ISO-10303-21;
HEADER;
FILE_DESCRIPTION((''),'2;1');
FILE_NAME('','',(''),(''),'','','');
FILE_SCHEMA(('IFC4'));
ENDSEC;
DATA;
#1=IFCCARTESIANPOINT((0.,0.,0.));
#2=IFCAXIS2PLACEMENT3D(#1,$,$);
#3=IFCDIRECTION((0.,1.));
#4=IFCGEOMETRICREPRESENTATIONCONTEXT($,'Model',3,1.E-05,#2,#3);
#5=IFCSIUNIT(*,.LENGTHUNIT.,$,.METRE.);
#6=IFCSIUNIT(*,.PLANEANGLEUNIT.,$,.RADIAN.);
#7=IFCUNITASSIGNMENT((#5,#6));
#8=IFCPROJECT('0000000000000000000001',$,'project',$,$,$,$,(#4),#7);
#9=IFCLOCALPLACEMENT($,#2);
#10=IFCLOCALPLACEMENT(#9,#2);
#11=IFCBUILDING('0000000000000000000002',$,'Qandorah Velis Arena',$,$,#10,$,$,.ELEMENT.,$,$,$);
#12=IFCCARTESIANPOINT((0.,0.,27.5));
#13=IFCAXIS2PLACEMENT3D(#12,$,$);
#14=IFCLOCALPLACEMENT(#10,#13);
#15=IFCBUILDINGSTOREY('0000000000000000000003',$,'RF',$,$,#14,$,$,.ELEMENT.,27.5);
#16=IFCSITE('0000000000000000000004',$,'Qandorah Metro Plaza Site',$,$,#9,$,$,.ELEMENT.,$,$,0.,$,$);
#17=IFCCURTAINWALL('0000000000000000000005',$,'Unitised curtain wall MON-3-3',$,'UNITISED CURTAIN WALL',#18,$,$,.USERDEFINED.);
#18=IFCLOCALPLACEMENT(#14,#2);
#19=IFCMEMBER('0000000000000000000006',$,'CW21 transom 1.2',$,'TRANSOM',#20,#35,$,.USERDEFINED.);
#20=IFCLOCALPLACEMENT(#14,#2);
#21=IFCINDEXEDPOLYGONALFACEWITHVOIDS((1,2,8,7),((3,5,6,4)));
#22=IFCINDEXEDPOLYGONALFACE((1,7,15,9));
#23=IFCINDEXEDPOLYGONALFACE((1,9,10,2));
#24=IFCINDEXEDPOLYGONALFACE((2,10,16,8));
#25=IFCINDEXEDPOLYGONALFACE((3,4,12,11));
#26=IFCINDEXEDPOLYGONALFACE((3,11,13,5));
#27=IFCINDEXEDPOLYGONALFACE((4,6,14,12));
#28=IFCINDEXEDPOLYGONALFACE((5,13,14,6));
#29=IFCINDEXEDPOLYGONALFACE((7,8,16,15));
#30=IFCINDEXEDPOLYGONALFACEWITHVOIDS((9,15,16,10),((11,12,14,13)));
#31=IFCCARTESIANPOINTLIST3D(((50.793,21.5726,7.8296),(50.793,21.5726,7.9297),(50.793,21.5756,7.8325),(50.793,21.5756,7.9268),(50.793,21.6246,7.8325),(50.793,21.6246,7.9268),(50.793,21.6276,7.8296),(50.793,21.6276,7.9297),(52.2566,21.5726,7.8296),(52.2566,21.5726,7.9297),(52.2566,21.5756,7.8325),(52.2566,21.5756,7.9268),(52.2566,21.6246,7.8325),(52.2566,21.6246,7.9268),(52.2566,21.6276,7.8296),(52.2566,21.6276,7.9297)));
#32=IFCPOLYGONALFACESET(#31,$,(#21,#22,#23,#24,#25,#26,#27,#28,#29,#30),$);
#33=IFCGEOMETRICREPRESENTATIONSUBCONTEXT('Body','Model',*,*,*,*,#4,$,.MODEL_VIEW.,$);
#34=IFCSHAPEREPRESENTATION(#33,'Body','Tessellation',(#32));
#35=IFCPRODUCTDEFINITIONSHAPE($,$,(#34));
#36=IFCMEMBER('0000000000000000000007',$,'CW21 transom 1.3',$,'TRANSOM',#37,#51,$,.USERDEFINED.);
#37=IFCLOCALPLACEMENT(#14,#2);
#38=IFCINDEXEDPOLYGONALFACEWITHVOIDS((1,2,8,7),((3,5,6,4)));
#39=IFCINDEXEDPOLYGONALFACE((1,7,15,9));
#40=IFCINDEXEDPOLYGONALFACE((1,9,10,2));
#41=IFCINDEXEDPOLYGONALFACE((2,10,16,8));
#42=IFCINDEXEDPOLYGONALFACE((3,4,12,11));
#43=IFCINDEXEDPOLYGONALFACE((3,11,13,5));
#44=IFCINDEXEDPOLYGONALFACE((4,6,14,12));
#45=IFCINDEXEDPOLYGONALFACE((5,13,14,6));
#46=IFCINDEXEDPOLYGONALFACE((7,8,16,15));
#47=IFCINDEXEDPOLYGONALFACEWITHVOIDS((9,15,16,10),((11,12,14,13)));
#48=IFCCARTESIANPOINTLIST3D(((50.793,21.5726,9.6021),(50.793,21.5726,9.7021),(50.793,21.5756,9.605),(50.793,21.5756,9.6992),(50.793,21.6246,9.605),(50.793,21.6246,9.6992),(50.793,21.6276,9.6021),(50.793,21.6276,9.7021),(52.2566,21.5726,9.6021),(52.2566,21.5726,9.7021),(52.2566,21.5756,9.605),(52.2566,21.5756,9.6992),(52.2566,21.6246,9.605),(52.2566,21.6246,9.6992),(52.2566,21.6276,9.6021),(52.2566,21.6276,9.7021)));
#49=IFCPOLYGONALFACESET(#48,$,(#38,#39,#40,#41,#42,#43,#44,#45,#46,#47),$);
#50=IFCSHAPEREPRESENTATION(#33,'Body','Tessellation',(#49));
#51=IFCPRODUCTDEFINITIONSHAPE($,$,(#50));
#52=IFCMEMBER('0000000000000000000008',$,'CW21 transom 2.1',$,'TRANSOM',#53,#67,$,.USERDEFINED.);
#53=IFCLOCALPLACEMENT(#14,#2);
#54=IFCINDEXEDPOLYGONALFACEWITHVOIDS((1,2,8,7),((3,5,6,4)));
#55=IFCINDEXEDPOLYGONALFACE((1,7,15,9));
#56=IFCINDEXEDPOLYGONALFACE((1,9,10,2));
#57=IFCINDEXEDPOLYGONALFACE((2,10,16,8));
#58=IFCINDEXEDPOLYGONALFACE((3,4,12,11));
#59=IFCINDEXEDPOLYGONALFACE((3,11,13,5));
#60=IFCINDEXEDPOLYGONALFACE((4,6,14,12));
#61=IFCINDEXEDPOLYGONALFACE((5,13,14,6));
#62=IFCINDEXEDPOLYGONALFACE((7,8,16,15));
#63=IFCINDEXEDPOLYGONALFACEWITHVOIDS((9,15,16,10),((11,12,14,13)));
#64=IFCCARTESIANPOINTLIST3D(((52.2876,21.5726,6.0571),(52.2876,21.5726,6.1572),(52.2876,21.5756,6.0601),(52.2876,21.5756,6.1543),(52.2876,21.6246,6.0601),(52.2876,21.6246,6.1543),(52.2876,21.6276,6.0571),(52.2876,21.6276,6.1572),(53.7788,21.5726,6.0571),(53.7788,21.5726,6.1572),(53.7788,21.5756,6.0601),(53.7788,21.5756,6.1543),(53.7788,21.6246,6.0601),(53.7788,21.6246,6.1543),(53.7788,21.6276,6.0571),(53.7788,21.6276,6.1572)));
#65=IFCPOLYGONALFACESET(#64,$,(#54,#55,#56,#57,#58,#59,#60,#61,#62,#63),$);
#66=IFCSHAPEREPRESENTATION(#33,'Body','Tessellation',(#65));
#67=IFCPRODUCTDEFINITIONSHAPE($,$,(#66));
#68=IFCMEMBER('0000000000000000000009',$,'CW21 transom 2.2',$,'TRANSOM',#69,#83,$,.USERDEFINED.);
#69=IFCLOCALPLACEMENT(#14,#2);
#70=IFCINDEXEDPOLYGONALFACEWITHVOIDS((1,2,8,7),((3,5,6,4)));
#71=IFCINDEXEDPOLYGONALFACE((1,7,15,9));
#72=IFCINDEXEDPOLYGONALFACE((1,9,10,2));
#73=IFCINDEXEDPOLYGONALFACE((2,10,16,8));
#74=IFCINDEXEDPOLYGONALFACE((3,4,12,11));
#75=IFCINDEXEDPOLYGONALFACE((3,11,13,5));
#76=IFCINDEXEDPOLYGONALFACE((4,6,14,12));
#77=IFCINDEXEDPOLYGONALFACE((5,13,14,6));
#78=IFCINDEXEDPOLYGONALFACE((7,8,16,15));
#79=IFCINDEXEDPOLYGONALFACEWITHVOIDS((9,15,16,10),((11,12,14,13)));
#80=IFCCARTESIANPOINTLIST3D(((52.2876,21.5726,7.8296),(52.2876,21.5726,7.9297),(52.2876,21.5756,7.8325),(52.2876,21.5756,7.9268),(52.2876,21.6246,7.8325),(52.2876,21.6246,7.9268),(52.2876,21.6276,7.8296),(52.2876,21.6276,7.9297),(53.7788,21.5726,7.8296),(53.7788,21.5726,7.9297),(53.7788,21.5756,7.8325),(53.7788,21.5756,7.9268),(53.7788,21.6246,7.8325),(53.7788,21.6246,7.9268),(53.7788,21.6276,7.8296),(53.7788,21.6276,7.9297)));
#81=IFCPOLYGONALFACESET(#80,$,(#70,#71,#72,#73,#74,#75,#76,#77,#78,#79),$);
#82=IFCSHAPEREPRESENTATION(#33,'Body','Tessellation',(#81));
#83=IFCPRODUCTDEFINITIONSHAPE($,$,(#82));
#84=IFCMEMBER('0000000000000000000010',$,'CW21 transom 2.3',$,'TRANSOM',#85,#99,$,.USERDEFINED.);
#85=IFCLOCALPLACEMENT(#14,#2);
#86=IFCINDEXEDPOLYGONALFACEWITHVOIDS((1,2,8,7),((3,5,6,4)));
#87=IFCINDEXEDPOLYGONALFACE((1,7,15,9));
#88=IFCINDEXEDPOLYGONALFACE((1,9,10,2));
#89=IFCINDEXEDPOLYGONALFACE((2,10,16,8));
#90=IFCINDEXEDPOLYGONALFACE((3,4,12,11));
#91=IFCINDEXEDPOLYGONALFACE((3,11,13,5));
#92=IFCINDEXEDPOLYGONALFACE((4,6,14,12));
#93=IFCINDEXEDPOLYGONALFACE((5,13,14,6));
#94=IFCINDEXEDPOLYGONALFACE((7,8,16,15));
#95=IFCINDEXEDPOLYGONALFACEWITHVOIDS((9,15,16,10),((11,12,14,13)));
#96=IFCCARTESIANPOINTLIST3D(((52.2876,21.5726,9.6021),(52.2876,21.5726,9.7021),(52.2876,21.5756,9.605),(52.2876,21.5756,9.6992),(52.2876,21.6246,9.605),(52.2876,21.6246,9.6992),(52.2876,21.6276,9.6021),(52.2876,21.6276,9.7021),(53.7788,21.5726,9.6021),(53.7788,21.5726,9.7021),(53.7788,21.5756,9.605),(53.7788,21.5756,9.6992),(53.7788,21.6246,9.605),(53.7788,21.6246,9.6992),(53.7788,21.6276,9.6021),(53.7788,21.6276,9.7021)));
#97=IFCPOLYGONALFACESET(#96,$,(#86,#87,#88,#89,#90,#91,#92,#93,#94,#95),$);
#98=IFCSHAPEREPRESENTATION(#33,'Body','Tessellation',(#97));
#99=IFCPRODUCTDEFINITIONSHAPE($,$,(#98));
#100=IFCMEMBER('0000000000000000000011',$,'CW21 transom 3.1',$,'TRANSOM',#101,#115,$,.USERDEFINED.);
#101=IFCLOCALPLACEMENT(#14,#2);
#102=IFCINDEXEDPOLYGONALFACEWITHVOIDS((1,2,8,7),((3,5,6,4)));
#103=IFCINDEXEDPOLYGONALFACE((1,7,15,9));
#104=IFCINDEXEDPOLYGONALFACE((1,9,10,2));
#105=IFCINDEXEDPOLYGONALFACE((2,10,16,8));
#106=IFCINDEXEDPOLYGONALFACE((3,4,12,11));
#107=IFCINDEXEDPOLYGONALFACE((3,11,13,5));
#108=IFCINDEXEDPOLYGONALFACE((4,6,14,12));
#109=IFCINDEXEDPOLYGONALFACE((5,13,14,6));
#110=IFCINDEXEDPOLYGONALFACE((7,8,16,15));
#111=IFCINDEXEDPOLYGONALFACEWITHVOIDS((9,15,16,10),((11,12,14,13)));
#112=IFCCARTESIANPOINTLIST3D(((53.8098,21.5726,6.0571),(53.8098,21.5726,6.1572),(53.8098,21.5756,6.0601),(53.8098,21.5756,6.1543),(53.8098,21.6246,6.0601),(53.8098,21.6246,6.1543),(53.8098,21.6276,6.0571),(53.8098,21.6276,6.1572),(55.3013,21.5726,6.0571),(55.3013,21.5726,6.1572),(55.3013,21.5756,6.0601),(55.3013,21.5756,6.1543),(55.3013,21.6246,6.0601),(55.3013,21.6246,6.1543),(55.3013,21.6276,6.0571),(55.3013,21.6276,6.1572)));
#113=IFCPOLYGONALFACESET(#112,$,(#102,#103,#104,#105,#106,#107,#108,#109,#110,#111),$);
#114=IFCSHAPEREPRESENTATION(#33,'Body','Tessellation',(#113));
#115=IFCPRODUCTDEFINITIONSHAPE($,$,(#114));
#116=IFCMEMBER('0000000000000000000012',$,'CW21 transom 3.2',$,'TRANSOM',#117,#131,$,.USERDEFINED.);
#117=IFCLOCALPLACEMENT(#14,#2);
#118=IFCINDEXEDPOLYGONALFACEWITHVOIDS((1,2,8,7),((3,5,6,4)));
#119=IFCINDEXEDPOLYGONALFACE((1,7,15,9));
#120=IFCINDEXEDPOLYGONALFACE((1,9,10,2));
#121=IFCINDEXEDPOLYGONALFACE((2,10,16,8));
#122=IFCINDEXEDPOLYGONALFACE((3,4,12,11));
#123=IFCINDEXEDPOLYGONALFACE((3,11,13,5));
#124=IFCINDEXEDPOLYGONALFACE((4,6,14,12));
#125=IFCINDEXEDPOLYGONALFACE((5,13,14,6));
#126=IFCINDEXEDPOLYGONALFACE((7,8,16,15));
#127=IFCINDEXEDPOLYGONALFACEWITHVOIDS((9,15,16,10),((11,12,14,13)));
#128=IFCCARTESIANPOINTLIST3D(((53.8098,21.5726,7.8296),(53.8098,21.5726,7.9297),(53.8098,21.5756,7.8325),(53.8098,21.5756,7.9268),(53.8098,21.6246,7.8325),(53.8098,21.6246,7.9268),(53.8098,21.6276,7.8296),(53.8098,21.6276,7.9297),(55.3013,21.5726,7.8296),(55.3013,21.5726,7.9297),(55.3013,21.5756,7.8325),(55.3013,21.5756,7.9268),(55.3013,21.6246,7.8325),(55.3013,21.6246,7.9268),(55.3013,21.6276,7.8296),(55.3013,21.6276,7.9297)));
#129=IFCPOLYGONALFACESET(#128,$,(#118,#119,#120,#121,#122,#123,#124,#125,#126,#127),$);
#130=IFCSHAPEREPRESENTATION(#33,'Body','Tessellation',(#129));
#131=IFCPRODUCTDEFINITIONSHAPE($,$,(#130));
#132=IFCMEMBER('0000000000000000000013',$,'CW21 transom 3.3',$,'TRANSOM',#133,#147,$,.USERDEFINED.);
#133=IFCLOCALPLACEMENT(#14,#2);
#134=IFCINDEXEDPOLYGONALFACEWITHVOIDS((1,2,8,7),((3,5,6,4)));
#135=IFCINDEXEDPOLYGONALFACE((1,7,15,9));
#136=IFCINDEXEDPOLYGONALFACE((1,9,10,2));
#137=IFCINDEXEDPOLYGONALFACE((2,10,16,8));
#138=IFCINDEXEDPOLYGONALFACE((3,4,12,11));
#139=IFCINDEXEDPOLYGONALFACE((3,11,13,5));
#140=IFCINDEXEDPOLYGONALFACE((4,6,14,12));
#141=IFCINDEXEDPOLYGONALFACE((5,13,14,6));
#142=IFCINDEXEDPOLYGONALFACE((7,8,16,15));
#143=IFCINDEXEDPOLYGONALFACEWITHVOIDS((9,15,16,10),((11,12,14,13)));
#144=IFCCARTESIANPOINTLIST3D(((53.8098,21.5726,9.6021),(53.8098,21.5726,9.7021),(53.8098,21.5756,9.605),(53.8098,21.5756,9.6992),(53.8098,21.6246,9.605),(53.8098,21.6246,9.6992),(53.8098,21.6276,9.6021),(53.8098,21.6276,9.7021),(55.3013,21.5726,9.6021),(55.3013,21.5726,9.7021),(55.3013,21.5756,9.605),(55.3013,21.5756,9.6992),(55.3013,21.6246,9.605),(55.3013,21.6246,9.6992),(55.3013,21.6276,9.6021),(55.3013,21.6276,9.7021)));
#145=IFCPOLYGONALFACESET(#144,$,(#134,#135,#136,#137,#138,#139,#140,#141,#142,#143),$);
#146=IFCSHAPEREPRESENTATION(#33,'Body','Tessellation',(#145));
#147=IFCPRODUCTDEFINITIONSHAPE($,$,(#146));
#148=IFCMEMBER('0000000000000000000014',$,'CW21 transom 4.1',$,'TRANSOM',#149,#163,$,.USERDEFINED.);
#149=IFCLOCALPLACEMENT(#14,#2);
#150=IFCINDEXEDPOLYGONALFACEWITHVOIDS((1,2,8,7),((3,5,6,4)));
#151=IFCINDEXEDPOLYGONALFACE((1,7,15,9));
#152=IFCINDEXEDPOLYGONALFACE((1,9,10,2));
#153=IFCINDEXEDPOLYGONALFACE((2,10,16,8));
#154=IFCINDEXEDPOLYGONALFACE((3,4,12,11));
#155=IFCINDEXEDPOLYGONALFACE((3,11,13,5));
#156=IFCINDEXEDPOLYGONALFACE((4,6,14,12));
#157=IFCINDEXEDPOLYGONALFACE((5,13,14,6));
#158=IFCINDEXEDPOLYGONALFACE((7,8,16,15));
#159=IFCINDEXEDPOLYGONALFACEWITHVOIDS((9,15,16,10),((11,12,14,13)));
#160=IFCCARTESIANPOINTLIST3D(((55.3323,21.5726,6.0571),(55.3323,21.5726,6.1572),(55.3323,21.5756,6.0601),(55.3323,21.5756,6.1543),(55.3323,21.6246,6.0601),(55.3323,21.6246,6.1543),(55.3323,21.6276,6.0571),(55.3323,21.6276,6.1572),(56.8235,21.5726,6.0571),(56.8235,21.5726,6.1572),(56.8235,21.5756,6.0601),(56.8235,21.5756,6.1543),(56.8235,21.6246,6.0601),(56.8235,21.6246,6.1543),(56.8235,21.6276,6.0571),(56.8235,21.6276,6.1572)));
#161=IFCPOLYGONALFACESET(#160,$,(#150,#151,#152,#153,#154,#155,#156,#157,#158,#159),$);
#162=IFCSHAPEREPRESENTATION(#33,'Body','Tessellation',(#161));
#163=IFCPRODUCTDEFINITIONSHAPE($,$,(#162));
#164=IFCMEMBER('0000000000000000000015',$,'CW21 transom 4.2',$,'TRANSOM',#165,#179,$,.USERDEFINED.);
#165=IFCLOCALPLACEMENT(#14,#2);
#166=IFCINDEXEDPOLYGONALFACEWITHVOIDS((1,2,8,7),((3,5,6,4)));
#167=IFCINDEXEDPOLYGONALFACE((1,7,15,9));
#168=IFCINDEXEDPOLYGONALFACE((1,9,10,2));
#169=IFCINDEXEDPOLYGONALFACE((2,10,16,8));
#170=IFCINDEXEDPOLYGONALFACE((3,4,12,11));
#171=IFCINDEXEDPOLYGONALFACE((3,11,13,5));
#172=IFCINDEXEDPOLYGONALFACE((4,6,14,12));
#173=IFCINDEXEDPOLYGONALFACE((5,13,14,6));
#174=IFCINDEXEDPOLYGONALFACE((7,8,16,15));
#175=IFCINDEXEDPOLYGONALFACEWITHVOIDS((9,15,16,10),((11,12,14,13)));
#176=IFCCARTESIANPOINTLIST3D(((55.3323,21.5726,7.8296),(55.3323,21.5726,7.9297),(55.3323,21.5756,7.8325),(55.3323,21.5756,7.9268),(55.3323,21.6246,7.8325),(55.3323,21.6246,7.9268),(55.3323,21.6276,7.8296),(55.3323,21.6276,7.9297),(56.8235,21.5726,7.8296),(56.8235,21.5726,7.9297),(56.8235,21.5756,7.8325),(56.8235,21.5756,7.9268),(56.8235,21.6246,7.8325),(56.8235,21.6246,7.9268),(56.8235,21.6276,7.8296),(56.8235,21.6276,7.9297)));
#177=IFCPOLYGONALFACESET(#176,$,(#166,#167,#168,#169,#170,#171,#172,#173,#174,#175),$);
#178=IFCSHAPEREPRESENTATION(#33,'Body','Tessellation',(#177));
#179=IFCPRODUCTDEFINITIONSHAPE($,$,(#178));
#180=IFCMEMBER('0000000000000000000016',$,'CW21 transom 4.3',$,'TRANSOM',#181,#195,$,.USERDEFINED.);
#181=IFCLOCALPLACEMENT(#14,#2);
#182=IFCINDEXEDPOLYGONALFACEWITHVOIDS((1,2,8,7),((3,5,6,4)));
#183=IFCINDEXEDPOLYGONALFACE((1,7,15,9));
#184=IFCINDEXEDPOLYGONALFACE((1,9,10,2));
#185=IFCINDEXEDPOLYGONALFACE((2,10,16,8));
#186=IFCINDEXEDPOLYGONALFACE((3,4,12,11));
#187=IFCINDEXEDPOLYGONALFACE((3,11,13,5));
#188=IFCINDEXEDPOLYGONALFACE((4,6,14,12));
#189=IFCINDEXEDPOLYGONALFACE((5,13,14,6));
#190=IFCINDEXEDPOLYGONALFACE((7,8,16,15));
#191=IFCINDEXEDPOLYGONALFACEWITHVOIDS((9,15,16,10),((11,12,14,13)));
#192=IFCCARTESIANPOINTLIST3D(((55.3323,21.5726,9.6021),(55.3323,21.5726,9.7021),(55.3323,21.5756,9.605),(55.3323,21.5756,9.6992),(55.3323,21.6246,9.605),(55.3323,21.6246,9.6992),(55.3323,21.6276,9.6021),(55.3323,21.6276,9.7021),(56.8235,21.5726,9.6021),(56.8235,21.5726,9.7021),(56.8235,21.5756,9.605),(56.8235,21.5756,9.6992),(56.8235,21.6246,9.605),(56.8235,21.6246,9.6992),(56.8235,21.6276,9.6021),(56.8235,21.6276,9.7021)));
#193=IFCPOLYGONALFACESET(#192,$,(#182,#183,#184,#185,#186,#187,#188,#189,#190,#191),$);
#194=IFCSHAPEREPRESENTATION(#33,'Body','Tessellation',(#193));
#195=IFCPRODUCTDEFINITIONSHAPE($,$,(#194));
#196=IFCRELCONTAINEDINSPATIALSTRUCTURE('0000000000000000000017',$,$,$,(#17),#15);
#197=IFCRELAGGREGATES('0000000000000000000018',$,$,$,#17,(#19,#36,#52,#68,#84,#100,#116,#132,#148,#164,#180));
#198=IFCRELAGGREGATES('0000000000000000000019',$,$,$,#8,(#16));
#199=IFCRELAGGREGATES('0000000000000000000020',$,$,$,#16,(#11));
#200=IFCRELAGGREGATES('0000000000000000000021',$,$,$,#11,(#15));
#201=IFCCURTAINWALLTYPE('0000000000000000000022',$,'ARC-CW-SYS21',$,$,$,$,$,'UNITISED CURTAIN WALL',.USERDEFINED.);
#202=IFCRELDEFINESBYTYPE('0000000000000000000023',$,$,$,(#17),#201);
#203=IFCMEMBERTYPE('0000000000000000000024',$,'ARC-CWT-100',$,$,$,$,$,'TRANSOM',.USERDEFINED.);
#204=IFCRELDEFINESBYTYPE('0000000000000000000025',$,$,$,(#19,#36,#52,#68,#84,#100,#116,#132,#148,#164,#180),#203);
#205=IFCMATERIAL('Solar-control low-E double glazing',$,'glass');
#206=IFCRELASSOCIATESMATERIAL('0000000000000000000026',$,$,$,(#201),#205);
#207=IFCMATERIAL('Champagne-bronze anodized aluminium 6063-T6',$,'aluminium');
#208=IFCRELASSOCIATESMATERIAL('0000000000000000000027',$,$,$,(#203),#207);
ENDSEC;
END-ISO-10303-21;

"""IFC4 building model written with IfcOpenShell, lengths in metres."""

from ifc_helpers import new_model, si_unit, direction, frame, origin, origin_2d, place, context, subcontext, project, spatial, hollow_rectangle, extrude, material, material_profile, profile_set, type_object, element, aggregate, save


model = new_model("IFC4")

# Units and contexts
model_context = context("Model", 3, precision=1e-05, world=origin(), true_north=direction((0.0, 1.0)))
body_context = subcontext(model_context, "Body", "Model", "MODEL_VIEW")
ifc_project = project(units=[si_unit("LENGTHUNIT", "METRE"), si_unit("PLANEANGLEUNIT", "RADIAN")], contexts=[model_context])

# Site, building, storey
site_placement = place(None, origin())
site = spatial("IfcSite", under=ifc_project, at=site_placement, Name="Qandorah Metro Plaza Site", CompositionType="ELEMENT", RefElevation=0.0)
building_placement = place(site_placement, origin())
building = spatial("IfcBuilding", under=site, at=building_placement, Name="Qandorah Velis Arena", CompositionType="ELEMENT")
storey_placement = place(building_placement, frame((0.0, 0.0, 27.5)))
storey = spatial("IfcBuildingStorey", under=building, at=storey_placement, Name="RF", CompositionType="ELEMENT", Elevation=27.5)

# Curtain wall
ifc_material_1 = material(Name="Solar-control low-E double glazing", Category="glass")
ifc_material_2 = material(Name="Champagne-bronze anodized aluminium 6063-T6", Category="aluminium")
curtain_wall_type_1 = type_object("IfcCurtainWallType", Name="ARC-CW-SYS21", ElementType="UNITISED CURTAIN WALL", PredefinedType="USERDEFINED", material=ifc_material_1)
curtain_wall_1_placement = place(storey_placement, origin())
curtain_wall_1 = element("IfcCurtainWall", 1, at=curtain_wall_1_placement, inside=storey, type_object=curtain_wall_type_1, Name="Unitised curtain wall MON-3-3", ObjectType="UNITISED CURTAIN WALL", PredefinedType="USERDEFINED")

# Members
ifc_material_profile_1 = material_profile(ifc_material_2, hollow_rectangle(XDim=0.0549, YDim=0.1001, WallThickness=0.0029, at=origin_2d()), Name="ALU TRANSOM 55x100")
ifc_profile_set_1 = profile_set([ifc_material_profile_1], Name="Champagne-bronze anodized aluminium 6063-T6")
member_type_1 = type_object("IfcMemberType", Name="ARC-CWT-100", ElementType="TRANSOM", PredefinedType="USERDEFINED", material=ifc_profile_set_1)
member_1_placement = place(storey_placement, frame((50.793, 21.6001, 7.8796), z_axis=(1.0, 0.0, 0.0), x_axis=(0.0, 1.0, 0.0)))
member_1 = element("IfcMember", 2, at=member_1_placement, type_object=member_type_1, Name="CW21 transom 1.2", ObjectType="TRANSOM", PredefinedType="USERDEFINED", context=body_context, shape_type="SweptSolid", body=[
    extrude(hollow_rectangle(XDim=0.0549, YDim=0.1001, WallThickness=0.0029, at=origin_2d()), origin(), (0.0, 0.0, 1.0), 1.4636),
])
member_2_placement = place(storey_placement, frame((50.793, 21.6001, 9.6521), z_axis=(1.0, 0.0, 0.0), x_axis=(0.0, 1.0, 0.0)))
member_2 = element("IfcMember", 3, at=member_2_placement, type_object=member_type_1, Name="CW21 transom 1.3", ObjectType="TRANSOM", PredefinedType="USERDEFINED", context=body_context, shape_type="SweptSolid", body=[
    extrude(hollow_rectangle(XDim=0.0549, YDim=0.1001, WallThickness=0.0029, at=origin_2d()), origin(), (0.0, 0.0, 1.0), 1.4636),
])
member_3_placement = place(storey_placement, frame((52.2876, 21.6001, 6.1072), z_axis=(1.0, 0.0, 0.0), x_axis=(0.0, 1.0, 0.0)))
member_3 = element("IfcMember", 4, at=member_3_placement, type_object=member_type_1, Name="CW21 transom 2.1", ObjectType="TRANSOM", PredefinedType="USERDEFINED", context=body_context, shape_type="SweptSolid", body=[
    extrude(hollow_rectangle(XDim=0.0549, YDim=0.1001, WallThickness=0.0029, at=origin_2d()), origin(), (0.0, 0.0, 1.0), 1.4912),
])
member_4_placement = place(storey_placement, frame((52.2876, 21.6001, 7.8796), z_axis=(1.0, 0.0, 0.0), x_axis=(0.0, 1.0, 0.0)))
member_4 = element("IfcMember", 5, at=member_4_placement, type_object=member_type_1, Name="CW21 transom 2.2", ObjectType="TRANSOM", PredefinedType="USERDEFINED", context=body_context, shape_type="SweptSolid", body=[
    extrude(hollow_rectangle(XDim=0.0549, YDim=0.1001, WallThickness=0.0029, at=origin_2d()), origin(), (0.0, 0.0, 1.0), 1.4912),
])
member_5_placement = place(storey_placement, frame((52.2876, 21.6001, 9.6521), z_axis=(1.0, 0.0, 0.0), x_axis=(0.0, 1.0, 0.0)))
member_5 = element("IfcMember", 6, at=member_5_placement, type_object=member_type_1, Name="CW21 transom 2.3", ObjectType="TRANSOM", PredefinedType="USERDEFINED", context=body_context, shape_type="SweptSolid", body=[
    extrude(hollow_rectangle(XDim=0.0549, YDim=0.1001, WallThickness=0.0029, at=origin_2d()), origin(), (0.0, 0.0, 1.0), 1.4912),
])
member_6_placement = place(storey_placement, frame((53.8098, 21.6001, 6.1072), z_axis=(1.0, 0.0, 0.0), x_axis=(0.0, 1.0, 0.0)))
member_6 = element("IfcMember", 7, at=member_6_placement, type_object=member_type_1, Name="CW21 transom 3.1", ObjectType="TRANSOM", PredefinedType="USERDEFINED", context=body_context, shape_type="SweptSolid", body=[
    extrude(hollow_rectangle(XDim=0.0549, YDim=0.1001, WallThickness=0.0029, at=origin_2d()), origin(), (0.0, 0.0, 1.0), 1.4915),
])
member_7_placement = place(storey_placement, frame((53.8098, 21.6001, 7.8796), z_axis=(1.0, 0.0, 0.0), x_axis=(0.0, 1.0, 0.0)))
member_7 = element("IfcMember", 8, at=member_7_placement, type_object=member_type_1, Name="CW21 transom 3.2", ObjectType="TRANSOM", PredefinedType="USERDEFINED", context=body_context, shape_type="SweptSolid", body=[
    extrude(hollow_rectangle(XDim=0.0549, YDim=0.1001, WallThickness=0.0029, at=origin_2d()), origin(), (0.0, 0.0, 1.0), 1.4915),
])
member_8_placement = place(storey_placement, frame((53.8098, 21.6001, 9.6521), z_axis=(1.0, 0.0, 0.0), x_axis=(0.0, 1.0, 0.0)))
member_8 = element("IfcMember", 9, at=member_8_placement, type_object=member_type_1, Name="CW21 transom 3.3", ObjectType="TRANSOM", PredefinedType="USERDEFINED", context=body_context, shape_type="SweptSolid", body=[
    extrude(hollow_rectangle(XDim=0.0549, YDim=0.1001, WallThickness=0.0029, at=origin_2d()), origin(), (0.0, 0.0, 1.0), 1.4915),
])
member_9_placement = place(storey_placement, frame((55.3323, 21.6001, 6.1072), z_axis=(1.0, 0.0, 0.0), x_axis=(0.0, 1.0, 0.0)))
member_9 = element("IfcMember", 10, at=member_9_placement, type_object=member_type_1, Name="CW21 transom 4.1", ObjectType="TRANSOM", PredefinedType="USERDEFINED", context=body_context, shape_type="SweptSolid", body=[
    extrude(hollow_rectangle(XDim=0.0549, YDim=0.1001, WallThickness=0.0029, at=origin_2d()), origin(), (0.0, 0.0, 1.0), 1.4912),
])
member_10_placement = place(storey_placement, frame((55.3323, 21.6001, 7.8796), z_axis=(1.0, 0.0, 0.0), x_axis=(0.0, 1.0, 0.0)))
member_10 = element("IfcMember", 11, at=member_10_placement, type_object=member_type_1, Name="CW21 transom 4.2", ObjectType="TRANSOM", PredefinedType="USERDEFINED", context=body_context, shape_type="SweptSolid", body=[
    extrude(hollow_rectangle(XDim=0.0549, YDim=0.1001, WallThickness=0.0029, at=origin_2d()), origin(), (0.0, 0.0, 1.0), 1.4912),
])
member_11_placement = place(storey_placement, frame((55.3323, 21.6001, 9.6521), z_axis=(1.0, 0.0, 0.0), x_axis=(0.0, 1.0, 0.0)))
member_11 = element("IfcMember", 12, at=member_11_placement, type_object=member_type_1, Name="CW21 transom 4.3", ObjectType="TRANSOM", PredefinedType="USERDEFINED", context=body_context, shape_type="SweptSolid", body=[
    extrude(hollow_rectangle(XDim=0.0549, YDim=0.1001, WallThickness=0.0029, at=origin_2d()), origin(), (0.0, 0.0, 1.0), 1.4912),
])

aggregate(curtain_wall_1, [member_1, member_2, member_3, member_4, member_5, member_6, member_7, member_8, member_9, member_10, member_11])

save(model, "model.ifc")
